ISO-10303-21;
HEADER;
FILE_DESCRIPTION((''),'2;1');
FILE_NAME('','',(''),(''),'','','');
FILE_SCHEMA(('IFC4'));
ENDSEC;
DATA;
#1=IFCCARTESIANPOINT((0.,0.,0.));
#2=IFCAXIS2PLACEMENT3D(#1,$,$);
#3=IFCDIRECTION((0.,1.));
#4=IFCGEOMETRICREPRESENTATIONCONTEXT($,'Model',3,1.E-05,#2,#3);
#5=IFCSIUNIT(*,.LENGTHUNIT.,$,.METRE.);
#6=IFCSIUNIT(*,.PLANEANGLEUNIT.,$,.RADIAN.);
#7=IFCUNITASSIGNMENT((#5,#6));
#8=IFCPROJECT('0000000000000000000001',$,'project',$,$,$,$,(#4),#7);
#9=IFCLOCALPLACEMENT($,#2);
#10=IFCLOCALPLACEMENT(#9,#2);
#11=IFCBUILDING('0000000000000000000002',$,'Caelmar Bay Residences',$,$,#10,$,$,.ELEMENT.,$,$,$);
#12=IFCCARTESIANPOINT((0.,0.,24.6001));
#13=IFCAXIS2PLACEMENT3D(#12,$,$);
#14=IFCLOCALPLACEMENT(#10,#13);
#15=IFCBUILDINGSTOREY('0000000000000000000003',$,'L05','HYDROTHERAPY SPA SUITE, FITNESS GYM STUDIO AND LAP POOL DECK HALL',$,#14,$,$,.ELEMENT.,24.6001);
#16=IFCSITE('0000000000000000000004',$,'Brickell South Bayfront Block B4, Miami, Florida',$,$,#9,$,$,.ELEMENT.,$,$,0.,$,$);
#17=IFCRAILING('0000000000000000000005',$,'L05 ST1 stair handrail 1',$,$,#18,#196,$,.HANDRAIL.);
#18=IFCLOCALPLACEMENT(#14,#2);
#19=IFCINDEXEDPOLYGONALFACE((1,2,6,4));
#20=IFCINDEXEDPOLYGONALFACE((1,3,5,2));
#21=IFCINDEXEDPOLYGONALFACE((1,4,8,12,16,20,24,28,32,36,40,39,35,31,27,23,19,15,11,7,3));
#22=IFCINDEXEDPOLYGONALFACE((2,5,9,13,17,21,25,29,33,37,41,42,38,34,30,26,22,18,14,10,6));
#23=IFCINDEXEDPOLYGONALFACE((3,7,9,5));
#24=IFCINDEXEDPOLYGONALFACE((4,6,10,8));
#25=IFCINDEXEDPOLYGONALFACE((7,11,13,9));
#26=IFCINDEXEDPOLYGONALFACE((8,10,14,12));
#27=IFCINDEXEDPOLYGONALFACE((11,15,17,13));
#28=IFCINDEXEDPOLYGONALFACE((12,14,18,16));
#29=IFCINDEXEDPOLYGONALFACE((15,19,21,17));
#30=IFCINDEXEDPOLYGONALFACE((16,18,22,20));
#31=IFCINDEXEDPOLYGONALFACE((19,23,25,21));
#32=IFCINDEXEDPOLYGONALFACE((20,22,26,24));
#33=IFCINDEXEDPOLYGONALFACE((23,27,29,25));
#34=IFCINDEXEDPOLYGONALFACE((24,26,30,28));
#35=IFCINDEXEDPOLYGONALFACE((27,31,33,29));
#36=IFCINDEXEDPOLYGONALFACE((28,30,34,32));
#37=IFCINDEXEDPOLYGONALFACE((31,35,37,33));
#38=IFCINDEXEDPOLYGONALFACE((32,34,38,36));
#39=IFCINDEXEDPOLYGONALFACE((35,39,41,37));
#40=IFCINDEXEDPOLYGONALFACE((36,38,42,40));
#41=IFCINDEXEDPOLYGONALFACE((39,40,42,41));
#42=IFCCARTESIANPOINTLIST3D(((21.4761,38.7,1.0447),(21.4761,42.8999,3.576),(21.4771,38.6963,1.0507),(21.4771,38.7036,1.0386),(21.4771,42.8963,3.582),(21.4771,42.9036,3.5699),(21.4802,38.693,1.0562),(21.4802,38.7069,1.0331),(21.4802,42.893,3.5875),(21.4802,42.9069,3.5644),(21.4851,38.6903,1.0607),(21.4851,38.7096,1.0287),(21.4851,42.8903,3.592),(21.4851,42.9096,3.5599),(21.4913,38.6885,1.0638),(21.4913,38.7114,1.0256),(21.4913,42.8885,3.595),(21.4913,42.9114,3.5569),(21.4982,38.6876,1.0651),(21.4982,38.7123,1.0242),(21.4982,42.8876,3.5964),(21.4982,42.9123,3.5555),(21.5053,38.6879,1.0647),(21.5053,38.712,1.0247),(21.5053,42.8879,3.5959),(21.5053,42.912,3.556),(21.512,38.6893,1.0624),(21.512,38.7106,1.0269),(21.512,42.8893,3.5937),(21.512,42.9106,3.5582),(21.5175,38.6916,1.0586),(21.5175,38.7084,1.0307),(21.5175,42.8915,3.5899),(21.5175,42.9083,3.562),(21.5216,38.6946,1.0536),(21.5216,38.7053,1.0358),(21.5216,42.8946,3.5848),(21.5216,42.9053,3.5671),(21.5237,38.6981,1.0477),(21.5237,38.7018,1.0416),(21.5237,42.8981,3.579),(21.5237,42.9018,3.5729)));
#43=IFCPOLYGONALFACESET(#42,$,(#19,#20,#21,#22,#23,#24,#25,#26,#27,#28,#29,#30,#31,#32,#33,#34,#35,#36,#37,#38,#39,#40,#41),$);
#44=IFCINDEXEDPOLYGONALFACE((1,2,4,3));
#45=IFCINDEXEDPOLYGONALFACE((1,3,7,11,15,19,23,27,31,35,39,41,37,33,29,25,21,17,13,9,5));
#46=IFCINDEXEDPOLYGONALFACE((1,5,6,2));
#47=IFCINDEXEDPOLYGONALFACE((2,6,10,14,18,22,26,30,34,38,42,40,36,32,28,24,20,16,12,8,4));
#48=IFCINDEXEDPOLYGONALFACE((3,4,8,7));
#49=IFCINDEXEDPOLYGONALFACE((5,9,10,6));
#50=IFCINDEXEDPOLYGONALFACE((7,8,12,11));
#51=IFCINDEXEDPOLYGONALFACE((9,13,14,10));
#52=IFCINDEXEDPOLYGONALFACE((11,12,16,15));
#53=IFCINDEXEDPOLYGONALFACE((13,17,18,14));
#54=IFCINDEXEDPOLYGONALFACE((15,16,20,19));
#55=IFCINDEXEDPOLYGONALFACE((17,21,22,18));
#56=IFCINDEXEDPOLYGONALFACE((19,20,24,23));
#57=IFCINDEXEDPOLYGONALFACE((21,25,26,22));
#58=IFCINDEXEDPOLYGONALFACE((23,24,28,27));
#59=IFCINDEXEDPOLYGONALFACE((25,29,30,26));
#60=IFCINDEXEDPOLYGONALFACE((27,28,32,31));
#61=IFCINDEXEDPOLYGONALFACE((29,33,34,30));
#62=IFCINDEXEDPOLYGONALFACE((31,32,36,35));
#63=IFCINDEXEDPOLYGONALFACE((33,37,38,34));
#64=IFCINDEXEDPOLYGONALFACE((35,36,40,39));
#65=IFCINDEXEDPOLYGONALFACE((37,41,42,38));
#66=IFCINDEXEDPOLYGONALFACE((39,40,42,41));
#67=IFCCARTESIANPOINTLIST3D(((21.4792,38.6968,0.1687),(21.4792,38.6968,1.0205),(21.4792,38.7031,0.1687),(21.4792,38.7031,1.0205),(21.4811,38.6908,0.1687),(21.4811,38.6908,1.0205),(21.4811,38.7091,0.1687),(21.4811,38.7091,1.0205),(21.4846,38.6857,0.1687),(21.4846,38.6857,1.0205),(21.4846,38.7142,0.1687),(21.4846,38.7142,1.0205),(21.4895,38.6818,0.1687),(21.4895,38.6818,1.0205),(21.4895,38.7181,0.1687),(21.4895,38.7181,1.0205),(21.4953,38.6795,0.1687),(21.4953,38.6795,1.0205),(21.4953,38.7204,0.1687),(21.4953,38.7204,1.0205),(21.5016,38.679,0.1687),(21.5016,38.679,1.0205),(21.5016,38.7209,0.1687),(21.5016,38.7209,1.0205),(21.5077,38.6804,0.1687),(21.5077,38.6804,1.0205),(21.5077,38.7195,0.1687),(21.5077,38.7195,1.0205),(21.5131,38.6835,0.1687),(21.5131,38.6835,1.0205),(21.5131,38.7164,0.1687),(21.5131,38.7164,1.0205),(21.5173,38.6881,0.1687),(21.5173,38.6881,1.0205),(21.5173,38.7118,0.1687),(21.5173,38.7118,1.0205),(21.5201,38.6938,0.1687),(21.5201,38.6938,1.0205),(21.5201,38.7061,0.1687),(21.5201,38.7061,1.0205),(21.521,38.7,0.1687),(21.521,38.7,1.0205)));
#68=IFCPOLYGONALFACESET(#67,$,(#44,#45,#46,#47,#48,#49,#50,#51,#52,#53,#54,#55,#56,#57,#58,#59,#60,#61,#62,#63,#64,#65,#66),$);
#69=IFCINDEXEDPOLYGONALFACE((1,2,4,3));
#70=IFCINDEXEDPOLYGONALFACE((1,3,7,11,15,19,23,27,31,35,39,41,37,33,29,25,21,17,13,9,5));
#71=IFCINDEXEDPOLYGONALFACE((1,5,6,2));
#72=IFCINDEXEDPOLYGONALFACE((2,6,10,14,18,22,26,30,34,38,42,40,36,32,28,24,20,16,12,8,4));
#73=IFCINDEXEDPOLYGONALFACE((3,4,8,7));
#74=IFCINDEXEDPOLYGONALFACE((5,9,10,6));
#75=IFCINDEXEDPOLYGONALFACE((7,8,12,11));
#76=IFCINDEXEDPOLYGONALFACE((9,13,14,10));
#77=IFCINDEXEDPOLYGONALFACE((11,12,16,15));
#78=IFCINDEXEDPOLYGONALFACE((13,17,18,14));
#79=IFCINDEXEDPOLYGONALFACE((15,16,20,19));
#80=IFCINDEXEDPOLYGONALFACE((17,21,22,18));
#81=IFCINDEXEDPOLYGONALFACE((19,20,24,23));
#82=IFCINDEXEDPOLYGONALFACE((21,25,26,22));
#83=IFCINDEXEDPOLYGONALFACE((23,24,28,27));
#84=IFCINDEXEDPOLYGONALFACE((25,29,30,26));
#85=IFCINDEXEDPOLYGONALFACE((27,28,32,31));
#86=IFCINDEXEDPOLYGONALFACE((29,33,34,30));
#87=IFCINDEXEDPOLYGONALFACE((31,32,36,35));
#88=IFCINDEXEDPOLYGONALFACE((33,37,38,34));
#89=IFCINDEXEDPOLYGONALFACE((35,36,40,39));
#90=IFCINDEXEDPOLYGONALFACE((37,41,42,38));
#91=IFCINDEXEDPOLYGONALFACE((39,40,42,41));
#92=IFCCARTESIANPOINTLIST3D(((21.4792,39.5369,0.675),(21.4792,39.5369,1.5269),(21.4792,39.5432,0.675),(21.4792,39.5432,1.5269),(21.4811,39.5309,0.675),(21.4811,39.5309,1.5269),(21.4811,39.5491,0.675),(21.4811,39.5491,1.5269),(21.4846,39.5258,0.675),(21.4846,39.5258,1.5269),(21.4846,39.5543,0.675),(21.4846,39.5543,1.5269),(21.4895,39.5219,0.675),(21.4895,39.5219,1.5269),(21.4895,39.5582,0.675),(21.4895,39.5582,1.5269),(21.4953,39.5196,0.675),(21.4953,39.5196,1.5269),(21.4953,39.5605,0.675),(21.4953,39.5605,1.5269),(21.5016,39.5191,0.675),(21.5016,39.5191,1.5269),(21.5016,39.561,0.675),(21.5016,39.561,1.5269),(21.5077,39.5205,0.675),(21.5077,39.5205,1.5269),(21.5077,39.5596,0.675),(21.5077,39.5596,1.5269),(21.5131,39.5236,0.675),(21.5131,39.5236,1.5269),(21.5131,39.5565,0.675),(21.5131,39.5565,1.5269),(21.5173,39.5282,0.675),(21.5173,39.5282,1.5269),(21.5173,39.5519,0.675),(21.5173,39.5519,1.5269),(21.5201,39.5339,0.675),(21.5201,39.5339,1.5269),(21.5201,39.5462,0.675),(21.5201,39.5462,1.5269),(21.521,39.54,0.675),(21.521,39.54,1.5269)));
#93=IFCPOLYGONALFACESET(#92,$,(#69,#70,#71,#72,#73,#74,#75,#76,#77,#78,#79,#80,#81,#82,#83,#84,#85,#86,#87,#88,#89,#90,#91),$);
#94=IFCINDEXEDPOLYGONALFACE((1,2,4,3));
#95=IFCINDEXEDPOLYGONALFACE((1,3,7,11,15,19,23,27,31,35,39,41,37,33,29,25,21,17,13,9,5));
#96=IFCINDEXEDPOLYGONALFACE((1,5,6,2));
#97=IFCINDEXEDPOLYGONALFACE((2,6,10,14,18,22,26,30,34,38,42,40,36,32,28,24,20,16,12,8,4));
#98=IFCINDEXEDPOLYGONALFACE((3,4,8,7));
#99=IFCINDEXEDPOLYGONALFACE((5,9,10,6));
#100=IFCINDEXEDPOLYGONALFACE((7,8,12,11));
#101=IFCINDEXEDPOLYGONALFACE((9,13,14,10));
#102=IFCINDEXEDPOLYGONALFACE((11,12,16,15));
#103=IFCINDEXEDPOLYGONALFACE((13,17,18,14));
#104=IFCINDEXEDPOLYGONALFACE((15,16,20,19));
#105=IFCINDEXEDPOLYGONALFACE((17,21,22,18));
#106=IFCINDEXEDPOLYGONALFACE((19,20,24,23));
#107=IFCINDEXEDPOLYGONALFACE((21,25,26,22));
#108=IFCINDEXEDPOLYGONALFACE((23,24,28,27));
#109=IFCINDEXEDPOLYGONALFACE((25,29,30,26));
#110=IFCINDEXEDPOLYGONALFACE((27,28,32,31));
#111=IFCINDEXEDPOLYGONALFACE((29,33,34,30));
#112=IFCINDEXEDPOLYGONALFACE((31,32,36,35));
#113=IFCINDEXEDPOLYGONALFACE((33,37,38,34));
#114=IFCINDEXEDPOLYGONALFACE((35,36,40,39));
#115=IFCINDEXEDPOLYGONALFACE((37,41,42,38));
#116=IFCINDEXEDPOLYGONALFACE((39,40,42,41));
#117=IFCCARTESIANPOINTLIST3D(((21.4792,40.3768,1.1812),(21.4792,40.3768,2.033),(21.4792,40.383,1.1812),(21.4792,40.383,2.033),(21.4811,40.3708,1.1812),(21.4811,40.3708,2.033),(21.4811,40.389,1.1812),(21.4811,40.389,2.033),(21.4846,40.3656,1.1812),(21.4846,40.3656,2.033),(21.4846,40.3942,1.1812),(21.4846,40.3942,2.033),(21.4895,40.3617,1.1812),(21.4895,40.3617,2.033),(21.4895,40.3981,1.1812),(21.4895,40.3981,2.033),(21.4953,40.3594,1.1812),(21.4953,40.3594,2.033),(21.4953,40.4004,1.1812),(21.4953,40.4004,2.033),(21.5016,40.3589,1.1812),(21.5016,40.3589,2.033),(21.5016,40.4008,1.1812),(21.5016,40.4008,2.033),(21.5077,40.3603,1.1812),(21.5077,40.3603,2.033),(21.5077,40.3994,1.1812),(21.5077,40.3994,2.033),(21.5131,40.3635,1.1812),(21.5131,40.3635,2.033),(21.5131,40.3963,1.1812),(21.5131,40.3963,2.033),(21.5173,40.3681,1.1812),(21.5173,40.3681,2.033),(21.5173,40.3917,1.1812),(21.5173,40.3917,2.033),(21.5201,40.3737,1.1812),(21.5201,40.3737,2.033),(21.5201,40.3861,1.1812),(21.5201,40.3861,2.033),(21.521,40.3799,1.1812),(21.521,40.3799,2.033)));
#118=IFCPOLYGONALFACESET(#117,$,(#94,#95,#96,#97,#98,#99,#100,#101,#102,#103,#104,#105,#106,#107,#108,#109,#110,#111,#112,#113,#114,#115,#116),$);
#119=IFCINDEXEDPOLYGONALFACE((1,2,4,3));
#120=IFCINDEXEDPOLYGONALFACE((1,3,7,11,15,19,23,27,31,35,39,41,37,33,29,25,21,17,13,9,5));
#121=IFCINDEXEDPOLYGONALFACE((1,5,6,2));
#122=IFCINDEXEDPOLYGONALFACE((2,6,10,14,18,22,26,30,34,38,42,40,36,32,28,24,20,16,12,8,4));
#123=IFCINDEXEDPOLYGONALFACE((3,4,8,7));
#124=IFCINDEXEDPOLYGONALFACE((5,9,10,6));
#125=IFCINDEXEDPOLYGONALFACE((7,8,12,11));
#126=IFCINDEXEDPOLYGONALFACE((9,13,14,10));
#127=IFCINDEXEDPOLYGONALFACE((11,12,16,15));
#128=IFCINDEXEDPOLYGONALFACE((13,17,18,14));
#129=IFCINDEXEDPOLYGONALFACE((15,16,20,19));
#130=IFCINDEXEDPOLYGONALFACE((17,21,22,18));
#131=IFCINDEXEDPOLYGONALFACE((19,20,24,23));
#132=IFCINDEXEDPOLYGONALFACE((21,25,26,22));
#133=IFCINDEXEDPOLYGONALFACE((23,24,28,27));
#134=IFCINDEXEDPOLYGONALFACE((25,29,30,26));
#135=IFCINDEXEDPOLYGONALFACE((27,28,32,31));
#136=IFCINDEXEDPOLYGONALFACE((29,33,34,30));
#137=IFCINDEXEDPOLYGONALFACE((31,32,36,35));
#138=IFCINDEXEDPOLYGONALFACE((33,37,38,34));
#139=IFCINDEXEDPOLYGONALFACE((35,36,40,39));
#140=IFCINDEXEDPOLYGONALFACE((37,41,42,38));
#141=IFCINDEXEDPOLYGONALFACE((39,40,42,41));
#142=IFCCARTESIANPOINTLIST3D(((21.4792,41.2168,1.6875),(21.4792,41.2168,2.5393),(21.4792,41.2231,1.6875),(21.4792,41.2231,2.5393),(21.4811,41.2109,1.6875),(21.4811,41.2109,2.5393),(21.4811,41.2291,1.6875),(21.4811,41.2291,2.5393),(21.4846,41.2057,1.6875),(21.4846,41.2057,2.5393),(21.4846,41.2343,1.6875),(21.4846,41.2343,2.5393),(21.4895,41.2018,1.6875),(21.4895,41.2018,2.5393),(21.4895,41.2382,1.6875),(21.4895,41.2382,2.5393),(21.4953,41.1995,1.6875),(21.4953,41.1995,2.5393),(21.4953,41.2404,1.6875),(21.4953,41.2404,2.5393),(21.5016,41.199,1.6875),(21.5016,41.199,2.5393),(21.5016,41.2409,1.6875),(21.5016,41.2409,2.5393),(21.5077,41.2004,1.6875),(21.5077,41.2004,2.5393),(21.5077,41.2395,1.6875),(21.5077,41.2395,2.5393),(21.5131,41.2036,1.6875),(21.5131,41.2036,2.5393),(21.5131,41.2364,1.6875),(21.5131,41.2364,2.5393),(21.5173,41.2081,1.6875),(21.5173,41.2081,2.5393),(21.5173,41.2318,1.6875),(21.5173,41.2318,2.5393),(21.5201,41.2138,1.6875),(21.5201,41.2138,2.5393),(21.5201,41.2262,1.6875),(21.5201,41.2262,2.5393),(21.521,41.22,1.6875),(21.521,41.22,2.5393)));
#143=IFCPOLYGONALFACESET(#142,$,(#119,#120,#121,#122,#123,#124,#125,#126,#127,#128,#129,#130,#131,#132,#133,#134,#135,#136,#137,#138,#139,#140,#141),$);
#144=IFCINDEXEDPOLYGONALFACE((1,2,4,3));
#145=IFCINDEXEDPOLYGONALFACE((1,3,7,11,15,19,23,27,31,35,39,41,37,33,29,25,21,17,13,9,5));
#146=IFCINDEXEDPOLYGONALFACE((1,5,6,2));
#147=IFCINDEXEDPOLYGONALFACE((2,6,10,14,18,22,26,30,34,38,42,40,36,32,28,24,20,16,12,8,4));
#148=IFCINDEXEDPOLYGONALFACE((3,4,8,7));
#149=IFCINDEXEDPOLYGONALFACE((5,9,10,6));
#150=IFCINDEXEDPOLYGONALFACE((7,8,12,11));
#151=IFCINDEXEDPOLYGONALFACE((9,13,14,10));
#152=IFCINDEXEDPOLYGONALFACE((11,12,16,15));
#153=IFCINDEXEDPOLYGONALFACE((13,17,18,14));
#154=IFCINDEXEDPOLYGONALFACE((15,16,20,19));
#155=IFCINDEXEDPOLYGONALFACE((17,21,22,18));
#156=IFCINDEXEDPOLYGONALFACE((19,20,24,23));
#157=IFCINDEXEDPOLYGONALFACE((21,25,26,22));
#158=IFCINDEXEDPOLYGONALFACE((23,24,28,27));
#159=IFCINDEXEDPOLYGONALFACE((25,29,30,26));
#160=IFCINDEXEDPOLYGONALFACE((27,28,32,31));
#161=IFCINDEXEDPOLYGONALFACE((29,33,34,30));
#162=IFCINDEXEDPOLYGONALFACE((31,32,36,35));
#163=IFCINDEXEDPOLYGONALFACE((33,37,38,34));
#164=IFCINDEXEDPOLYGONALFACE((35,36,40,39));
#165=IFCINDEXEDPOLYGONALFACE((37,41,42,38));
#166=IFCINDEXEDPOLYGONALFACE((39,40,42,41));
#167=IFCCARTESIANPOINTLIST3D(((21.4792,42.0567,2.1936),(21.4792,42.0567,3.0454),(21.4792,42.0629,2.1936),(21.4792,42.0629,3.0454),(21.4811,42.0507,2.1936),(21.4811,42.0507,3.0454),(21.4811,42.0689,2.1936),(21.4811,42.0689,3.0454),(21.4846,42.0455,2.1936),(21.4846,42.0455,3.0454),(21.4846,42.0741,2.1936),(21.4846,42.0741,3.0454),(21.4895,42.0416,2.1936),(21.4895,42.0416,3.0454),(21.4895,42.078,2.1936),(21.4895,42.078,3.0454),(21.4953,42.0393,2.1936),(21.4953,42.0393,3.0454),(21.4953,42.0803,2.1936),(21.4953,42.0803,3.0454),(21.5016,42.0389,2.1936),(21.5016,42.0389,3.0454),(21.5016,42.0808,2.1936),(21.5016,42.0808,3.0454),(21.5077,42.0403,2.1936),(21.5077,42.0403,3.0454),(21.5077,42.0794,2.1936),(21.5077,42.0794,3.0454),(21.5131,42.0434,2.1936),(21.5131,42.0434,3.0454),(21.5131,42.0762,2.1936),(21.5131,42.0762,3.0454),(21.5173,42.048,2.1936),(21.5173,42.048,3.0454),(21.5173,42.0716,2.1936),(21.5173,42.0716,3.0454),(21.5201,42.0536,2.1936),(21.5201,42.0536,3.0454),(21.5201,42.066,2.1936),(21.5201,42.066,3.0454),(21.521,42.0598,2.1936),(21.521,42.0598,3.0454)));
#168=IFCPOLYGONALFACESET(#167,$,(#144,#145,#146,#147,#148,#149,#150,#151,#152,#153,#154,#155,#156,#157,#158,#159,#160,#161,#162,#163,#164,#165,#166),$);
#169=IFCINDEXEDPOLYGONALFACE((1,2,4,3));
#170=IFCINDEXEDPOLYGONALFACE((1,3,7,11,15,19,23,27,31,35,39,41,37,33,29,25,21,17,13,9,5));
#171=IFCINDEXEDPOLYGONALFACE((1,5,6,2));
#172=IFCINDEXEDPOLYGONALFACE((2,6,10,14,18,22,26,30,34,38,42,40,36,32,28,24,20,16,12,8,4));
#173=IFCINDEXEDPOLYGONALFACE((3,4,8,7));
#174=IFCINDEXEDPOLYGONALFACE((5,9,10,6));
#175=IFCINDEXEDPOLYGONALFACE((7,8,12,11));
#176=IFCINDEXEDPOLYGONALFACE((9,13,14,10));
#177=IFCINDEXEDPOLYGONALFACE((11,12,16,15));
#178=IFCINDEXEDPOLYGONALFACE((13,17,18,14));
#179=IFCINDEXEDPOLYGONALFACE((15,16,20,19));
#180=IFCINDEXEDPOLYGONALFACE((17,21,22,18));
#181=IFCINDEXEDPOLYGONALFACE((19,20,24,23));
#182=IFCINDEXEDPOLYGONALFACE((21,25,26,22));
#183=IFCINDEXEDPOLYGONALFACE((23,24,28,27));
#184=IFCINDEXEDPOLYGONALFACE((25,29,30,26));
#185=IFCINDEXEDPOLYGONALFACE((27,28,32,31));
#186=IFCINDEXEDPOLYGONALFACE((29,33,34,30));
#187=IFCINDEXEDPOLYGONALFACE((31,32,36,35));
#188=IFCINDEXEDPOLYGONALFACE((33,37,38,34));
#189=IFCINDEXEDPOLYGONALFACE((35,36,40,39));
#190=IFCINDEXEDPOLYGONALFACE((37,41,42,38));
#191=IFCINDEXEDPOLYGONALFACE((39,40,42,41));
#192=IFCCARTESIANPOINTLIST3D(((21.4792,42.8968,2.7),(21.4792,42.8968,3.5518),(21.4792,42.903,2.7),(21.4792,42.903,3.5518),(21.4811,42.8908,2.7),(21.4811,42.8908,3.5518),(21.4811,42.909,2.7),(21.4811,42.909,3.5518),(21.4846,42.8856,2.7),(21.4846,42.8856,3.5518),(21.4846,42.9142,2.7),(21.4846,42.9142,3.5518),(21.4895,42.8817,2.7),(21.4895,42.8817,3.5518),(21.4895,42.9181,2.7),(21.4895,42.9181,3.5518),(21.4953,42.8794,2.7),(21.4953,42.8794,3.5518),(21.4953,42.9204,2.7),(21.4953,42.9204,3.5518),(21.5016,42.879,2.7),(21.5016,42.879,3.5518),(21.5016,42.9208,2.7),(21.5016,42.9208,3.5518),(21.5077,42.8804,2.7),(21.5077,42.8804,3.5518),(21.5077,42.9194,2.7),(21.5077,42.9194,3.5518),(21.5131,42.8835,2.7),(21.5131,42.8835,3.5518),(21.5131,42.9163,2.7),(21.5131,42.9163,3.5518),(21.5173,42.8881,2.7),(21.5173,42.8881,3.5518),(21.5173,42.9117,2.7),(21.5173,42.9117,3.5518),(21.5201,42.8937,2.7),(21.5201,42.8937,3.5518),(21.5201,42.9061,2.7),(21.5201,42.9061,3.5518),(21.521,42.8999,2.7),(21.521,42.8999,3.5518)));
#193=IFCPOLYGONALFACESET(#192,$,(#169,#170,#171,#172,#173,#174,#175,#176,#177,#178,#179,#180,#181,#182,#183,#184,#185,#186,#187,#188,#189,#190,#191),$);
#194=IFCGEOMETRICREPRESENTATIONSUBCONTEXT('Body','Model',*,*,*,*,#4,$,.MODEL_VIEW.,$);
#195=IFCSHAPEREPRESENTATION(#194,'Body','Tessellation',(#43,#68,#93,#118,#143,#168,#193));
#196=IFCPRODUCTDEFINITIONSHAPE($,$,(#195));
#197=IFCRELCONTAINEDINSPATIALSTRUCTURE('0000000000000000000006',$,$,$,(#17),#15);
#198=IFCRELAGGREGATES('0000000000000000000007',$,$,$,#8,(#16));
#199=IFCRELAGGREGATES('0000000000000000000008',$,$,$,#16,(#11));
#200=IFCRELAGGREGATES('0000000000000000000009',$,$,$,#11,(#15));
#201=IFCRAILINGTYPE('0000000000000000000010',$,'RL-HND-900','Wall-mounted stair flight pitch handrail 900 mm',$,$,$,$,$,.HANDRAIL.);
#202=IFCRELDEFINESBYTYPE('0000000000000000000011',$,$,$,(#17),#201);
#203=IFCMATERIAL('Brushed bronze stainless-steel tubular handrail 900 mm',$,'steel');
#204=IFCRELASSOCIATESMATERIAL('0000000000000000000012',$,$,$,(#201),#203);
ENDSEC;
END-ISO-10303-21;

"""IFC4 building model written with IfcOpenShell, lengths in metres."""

from ifc_helpers import new_model, si_unit, direction, frame, origin, origin_2d, place, context, subcontext, project, spatial, circle, extrude, material, type_object, element, save


model = new_model("IFC4")

# Units and contexts
model_context = context("Model", 3, precision=1e-05, world=origin(), true_north=direction((0.0, 1.0)))
body_context = subcontext(model_context, "Body", "Model", "MODEL_VIEW")
ifc_project = project(units=[si_unit("LENGTHUNIT", "METRE"), si_unit("PLANEANGLEUNIT", "RADIAN")], contexts=[model_context])

# Site, building, storey
site_placement = place(None, origin())
site = spatial("IfcSite", under=ifc_project, at=site_placement, Name="Brickell South Bayfront Block B4, Miami, Florida", CompositionType="ELEMENT", RefElevation=0.0)
building_placement = place(site_placement, origin())
building = spatial("IfcBuilding", under=site, at=building_placement, Name="Caelmar Bay Residences", CompositionType="ELEMENT")
storey_placement = place(building_placement, frame((0.0, 0.0, 24.6001)))
storey = spatial("IfcBuildingStorey", under=building, at=storey_placement, Name="L05", Description="HYDROTHERAPY SPA SUITE, FITNESS GYM STUDIO AND LAP POOL DECK HALL", CompositionType="ELEMENT", Elevation=24.6001)

# Railing
ifc_material_1 = material(Name="Brushed bronze stainless-steel tubular handrail 900 mm", Category="steel")
railing_type_1 = type_object("IfcRailingType", Name="RL-HND-900", Description="Wall-mounted stair flight pitch handrail 900 mm", PredefinedType="HANDRAIL", material=ifc_material_1)
railing_1_placement = place(storey_placement, frame((21.5, 38.7, 0.1687)))
element("IfcRailing", 1, at=railing_1_placement, inside=storey, type_object=railing_type_1, Name="L05 ST1 stair handrail 1", PredefinedType="HANDRAIL", context=body_context, shape_type="SweptSolid", body=[
    extrude(circle(Radius=0.0239, at=origin_2d()), frame((0.0, 0.0, 0.876), z_axis=(0.0, 0.856476, 0.516186), x_axis=(-1.0, 0.0, 0.0)), (0.0, 0.0, 1.0), 4.9038),
    extrude(circle(Radius=0.021, at=origin_2d()), origin(), (0.0, 0.0, 1.0), 0.8518),
    extrude(circle(Radius=0.021, at=origin_2d()), frame((0.0, 0.8401, 0.5063)), (0.0, 0.0, 1.0), 0.8518),
    extrude(circle(Radius=0.021, at=origin_2d()), frame((0.0, 1.6799, 1.0125)), (0.0, 0.0, 1.0), 0.8518),
    extrude(circle(Radius=0.021, at=origin_2d()), frame((0.0, 2.52, 1.5188)), (0.0, 0.0, 1.0), 0.8518),
    extrude(circle(Radius=0.021, at=origin_2d()), frame((0.0, 3.3599, 2.0249)), (0.0, 0.0, 1.0), 0.8518),
    extrude(circle(Radius=0.021, at=origin_2d()), frame((0.0, 4.2, 2.5312)), (0.0, 0.0, 1.0), 0.8518),
])

save(model, "model.ifc")
